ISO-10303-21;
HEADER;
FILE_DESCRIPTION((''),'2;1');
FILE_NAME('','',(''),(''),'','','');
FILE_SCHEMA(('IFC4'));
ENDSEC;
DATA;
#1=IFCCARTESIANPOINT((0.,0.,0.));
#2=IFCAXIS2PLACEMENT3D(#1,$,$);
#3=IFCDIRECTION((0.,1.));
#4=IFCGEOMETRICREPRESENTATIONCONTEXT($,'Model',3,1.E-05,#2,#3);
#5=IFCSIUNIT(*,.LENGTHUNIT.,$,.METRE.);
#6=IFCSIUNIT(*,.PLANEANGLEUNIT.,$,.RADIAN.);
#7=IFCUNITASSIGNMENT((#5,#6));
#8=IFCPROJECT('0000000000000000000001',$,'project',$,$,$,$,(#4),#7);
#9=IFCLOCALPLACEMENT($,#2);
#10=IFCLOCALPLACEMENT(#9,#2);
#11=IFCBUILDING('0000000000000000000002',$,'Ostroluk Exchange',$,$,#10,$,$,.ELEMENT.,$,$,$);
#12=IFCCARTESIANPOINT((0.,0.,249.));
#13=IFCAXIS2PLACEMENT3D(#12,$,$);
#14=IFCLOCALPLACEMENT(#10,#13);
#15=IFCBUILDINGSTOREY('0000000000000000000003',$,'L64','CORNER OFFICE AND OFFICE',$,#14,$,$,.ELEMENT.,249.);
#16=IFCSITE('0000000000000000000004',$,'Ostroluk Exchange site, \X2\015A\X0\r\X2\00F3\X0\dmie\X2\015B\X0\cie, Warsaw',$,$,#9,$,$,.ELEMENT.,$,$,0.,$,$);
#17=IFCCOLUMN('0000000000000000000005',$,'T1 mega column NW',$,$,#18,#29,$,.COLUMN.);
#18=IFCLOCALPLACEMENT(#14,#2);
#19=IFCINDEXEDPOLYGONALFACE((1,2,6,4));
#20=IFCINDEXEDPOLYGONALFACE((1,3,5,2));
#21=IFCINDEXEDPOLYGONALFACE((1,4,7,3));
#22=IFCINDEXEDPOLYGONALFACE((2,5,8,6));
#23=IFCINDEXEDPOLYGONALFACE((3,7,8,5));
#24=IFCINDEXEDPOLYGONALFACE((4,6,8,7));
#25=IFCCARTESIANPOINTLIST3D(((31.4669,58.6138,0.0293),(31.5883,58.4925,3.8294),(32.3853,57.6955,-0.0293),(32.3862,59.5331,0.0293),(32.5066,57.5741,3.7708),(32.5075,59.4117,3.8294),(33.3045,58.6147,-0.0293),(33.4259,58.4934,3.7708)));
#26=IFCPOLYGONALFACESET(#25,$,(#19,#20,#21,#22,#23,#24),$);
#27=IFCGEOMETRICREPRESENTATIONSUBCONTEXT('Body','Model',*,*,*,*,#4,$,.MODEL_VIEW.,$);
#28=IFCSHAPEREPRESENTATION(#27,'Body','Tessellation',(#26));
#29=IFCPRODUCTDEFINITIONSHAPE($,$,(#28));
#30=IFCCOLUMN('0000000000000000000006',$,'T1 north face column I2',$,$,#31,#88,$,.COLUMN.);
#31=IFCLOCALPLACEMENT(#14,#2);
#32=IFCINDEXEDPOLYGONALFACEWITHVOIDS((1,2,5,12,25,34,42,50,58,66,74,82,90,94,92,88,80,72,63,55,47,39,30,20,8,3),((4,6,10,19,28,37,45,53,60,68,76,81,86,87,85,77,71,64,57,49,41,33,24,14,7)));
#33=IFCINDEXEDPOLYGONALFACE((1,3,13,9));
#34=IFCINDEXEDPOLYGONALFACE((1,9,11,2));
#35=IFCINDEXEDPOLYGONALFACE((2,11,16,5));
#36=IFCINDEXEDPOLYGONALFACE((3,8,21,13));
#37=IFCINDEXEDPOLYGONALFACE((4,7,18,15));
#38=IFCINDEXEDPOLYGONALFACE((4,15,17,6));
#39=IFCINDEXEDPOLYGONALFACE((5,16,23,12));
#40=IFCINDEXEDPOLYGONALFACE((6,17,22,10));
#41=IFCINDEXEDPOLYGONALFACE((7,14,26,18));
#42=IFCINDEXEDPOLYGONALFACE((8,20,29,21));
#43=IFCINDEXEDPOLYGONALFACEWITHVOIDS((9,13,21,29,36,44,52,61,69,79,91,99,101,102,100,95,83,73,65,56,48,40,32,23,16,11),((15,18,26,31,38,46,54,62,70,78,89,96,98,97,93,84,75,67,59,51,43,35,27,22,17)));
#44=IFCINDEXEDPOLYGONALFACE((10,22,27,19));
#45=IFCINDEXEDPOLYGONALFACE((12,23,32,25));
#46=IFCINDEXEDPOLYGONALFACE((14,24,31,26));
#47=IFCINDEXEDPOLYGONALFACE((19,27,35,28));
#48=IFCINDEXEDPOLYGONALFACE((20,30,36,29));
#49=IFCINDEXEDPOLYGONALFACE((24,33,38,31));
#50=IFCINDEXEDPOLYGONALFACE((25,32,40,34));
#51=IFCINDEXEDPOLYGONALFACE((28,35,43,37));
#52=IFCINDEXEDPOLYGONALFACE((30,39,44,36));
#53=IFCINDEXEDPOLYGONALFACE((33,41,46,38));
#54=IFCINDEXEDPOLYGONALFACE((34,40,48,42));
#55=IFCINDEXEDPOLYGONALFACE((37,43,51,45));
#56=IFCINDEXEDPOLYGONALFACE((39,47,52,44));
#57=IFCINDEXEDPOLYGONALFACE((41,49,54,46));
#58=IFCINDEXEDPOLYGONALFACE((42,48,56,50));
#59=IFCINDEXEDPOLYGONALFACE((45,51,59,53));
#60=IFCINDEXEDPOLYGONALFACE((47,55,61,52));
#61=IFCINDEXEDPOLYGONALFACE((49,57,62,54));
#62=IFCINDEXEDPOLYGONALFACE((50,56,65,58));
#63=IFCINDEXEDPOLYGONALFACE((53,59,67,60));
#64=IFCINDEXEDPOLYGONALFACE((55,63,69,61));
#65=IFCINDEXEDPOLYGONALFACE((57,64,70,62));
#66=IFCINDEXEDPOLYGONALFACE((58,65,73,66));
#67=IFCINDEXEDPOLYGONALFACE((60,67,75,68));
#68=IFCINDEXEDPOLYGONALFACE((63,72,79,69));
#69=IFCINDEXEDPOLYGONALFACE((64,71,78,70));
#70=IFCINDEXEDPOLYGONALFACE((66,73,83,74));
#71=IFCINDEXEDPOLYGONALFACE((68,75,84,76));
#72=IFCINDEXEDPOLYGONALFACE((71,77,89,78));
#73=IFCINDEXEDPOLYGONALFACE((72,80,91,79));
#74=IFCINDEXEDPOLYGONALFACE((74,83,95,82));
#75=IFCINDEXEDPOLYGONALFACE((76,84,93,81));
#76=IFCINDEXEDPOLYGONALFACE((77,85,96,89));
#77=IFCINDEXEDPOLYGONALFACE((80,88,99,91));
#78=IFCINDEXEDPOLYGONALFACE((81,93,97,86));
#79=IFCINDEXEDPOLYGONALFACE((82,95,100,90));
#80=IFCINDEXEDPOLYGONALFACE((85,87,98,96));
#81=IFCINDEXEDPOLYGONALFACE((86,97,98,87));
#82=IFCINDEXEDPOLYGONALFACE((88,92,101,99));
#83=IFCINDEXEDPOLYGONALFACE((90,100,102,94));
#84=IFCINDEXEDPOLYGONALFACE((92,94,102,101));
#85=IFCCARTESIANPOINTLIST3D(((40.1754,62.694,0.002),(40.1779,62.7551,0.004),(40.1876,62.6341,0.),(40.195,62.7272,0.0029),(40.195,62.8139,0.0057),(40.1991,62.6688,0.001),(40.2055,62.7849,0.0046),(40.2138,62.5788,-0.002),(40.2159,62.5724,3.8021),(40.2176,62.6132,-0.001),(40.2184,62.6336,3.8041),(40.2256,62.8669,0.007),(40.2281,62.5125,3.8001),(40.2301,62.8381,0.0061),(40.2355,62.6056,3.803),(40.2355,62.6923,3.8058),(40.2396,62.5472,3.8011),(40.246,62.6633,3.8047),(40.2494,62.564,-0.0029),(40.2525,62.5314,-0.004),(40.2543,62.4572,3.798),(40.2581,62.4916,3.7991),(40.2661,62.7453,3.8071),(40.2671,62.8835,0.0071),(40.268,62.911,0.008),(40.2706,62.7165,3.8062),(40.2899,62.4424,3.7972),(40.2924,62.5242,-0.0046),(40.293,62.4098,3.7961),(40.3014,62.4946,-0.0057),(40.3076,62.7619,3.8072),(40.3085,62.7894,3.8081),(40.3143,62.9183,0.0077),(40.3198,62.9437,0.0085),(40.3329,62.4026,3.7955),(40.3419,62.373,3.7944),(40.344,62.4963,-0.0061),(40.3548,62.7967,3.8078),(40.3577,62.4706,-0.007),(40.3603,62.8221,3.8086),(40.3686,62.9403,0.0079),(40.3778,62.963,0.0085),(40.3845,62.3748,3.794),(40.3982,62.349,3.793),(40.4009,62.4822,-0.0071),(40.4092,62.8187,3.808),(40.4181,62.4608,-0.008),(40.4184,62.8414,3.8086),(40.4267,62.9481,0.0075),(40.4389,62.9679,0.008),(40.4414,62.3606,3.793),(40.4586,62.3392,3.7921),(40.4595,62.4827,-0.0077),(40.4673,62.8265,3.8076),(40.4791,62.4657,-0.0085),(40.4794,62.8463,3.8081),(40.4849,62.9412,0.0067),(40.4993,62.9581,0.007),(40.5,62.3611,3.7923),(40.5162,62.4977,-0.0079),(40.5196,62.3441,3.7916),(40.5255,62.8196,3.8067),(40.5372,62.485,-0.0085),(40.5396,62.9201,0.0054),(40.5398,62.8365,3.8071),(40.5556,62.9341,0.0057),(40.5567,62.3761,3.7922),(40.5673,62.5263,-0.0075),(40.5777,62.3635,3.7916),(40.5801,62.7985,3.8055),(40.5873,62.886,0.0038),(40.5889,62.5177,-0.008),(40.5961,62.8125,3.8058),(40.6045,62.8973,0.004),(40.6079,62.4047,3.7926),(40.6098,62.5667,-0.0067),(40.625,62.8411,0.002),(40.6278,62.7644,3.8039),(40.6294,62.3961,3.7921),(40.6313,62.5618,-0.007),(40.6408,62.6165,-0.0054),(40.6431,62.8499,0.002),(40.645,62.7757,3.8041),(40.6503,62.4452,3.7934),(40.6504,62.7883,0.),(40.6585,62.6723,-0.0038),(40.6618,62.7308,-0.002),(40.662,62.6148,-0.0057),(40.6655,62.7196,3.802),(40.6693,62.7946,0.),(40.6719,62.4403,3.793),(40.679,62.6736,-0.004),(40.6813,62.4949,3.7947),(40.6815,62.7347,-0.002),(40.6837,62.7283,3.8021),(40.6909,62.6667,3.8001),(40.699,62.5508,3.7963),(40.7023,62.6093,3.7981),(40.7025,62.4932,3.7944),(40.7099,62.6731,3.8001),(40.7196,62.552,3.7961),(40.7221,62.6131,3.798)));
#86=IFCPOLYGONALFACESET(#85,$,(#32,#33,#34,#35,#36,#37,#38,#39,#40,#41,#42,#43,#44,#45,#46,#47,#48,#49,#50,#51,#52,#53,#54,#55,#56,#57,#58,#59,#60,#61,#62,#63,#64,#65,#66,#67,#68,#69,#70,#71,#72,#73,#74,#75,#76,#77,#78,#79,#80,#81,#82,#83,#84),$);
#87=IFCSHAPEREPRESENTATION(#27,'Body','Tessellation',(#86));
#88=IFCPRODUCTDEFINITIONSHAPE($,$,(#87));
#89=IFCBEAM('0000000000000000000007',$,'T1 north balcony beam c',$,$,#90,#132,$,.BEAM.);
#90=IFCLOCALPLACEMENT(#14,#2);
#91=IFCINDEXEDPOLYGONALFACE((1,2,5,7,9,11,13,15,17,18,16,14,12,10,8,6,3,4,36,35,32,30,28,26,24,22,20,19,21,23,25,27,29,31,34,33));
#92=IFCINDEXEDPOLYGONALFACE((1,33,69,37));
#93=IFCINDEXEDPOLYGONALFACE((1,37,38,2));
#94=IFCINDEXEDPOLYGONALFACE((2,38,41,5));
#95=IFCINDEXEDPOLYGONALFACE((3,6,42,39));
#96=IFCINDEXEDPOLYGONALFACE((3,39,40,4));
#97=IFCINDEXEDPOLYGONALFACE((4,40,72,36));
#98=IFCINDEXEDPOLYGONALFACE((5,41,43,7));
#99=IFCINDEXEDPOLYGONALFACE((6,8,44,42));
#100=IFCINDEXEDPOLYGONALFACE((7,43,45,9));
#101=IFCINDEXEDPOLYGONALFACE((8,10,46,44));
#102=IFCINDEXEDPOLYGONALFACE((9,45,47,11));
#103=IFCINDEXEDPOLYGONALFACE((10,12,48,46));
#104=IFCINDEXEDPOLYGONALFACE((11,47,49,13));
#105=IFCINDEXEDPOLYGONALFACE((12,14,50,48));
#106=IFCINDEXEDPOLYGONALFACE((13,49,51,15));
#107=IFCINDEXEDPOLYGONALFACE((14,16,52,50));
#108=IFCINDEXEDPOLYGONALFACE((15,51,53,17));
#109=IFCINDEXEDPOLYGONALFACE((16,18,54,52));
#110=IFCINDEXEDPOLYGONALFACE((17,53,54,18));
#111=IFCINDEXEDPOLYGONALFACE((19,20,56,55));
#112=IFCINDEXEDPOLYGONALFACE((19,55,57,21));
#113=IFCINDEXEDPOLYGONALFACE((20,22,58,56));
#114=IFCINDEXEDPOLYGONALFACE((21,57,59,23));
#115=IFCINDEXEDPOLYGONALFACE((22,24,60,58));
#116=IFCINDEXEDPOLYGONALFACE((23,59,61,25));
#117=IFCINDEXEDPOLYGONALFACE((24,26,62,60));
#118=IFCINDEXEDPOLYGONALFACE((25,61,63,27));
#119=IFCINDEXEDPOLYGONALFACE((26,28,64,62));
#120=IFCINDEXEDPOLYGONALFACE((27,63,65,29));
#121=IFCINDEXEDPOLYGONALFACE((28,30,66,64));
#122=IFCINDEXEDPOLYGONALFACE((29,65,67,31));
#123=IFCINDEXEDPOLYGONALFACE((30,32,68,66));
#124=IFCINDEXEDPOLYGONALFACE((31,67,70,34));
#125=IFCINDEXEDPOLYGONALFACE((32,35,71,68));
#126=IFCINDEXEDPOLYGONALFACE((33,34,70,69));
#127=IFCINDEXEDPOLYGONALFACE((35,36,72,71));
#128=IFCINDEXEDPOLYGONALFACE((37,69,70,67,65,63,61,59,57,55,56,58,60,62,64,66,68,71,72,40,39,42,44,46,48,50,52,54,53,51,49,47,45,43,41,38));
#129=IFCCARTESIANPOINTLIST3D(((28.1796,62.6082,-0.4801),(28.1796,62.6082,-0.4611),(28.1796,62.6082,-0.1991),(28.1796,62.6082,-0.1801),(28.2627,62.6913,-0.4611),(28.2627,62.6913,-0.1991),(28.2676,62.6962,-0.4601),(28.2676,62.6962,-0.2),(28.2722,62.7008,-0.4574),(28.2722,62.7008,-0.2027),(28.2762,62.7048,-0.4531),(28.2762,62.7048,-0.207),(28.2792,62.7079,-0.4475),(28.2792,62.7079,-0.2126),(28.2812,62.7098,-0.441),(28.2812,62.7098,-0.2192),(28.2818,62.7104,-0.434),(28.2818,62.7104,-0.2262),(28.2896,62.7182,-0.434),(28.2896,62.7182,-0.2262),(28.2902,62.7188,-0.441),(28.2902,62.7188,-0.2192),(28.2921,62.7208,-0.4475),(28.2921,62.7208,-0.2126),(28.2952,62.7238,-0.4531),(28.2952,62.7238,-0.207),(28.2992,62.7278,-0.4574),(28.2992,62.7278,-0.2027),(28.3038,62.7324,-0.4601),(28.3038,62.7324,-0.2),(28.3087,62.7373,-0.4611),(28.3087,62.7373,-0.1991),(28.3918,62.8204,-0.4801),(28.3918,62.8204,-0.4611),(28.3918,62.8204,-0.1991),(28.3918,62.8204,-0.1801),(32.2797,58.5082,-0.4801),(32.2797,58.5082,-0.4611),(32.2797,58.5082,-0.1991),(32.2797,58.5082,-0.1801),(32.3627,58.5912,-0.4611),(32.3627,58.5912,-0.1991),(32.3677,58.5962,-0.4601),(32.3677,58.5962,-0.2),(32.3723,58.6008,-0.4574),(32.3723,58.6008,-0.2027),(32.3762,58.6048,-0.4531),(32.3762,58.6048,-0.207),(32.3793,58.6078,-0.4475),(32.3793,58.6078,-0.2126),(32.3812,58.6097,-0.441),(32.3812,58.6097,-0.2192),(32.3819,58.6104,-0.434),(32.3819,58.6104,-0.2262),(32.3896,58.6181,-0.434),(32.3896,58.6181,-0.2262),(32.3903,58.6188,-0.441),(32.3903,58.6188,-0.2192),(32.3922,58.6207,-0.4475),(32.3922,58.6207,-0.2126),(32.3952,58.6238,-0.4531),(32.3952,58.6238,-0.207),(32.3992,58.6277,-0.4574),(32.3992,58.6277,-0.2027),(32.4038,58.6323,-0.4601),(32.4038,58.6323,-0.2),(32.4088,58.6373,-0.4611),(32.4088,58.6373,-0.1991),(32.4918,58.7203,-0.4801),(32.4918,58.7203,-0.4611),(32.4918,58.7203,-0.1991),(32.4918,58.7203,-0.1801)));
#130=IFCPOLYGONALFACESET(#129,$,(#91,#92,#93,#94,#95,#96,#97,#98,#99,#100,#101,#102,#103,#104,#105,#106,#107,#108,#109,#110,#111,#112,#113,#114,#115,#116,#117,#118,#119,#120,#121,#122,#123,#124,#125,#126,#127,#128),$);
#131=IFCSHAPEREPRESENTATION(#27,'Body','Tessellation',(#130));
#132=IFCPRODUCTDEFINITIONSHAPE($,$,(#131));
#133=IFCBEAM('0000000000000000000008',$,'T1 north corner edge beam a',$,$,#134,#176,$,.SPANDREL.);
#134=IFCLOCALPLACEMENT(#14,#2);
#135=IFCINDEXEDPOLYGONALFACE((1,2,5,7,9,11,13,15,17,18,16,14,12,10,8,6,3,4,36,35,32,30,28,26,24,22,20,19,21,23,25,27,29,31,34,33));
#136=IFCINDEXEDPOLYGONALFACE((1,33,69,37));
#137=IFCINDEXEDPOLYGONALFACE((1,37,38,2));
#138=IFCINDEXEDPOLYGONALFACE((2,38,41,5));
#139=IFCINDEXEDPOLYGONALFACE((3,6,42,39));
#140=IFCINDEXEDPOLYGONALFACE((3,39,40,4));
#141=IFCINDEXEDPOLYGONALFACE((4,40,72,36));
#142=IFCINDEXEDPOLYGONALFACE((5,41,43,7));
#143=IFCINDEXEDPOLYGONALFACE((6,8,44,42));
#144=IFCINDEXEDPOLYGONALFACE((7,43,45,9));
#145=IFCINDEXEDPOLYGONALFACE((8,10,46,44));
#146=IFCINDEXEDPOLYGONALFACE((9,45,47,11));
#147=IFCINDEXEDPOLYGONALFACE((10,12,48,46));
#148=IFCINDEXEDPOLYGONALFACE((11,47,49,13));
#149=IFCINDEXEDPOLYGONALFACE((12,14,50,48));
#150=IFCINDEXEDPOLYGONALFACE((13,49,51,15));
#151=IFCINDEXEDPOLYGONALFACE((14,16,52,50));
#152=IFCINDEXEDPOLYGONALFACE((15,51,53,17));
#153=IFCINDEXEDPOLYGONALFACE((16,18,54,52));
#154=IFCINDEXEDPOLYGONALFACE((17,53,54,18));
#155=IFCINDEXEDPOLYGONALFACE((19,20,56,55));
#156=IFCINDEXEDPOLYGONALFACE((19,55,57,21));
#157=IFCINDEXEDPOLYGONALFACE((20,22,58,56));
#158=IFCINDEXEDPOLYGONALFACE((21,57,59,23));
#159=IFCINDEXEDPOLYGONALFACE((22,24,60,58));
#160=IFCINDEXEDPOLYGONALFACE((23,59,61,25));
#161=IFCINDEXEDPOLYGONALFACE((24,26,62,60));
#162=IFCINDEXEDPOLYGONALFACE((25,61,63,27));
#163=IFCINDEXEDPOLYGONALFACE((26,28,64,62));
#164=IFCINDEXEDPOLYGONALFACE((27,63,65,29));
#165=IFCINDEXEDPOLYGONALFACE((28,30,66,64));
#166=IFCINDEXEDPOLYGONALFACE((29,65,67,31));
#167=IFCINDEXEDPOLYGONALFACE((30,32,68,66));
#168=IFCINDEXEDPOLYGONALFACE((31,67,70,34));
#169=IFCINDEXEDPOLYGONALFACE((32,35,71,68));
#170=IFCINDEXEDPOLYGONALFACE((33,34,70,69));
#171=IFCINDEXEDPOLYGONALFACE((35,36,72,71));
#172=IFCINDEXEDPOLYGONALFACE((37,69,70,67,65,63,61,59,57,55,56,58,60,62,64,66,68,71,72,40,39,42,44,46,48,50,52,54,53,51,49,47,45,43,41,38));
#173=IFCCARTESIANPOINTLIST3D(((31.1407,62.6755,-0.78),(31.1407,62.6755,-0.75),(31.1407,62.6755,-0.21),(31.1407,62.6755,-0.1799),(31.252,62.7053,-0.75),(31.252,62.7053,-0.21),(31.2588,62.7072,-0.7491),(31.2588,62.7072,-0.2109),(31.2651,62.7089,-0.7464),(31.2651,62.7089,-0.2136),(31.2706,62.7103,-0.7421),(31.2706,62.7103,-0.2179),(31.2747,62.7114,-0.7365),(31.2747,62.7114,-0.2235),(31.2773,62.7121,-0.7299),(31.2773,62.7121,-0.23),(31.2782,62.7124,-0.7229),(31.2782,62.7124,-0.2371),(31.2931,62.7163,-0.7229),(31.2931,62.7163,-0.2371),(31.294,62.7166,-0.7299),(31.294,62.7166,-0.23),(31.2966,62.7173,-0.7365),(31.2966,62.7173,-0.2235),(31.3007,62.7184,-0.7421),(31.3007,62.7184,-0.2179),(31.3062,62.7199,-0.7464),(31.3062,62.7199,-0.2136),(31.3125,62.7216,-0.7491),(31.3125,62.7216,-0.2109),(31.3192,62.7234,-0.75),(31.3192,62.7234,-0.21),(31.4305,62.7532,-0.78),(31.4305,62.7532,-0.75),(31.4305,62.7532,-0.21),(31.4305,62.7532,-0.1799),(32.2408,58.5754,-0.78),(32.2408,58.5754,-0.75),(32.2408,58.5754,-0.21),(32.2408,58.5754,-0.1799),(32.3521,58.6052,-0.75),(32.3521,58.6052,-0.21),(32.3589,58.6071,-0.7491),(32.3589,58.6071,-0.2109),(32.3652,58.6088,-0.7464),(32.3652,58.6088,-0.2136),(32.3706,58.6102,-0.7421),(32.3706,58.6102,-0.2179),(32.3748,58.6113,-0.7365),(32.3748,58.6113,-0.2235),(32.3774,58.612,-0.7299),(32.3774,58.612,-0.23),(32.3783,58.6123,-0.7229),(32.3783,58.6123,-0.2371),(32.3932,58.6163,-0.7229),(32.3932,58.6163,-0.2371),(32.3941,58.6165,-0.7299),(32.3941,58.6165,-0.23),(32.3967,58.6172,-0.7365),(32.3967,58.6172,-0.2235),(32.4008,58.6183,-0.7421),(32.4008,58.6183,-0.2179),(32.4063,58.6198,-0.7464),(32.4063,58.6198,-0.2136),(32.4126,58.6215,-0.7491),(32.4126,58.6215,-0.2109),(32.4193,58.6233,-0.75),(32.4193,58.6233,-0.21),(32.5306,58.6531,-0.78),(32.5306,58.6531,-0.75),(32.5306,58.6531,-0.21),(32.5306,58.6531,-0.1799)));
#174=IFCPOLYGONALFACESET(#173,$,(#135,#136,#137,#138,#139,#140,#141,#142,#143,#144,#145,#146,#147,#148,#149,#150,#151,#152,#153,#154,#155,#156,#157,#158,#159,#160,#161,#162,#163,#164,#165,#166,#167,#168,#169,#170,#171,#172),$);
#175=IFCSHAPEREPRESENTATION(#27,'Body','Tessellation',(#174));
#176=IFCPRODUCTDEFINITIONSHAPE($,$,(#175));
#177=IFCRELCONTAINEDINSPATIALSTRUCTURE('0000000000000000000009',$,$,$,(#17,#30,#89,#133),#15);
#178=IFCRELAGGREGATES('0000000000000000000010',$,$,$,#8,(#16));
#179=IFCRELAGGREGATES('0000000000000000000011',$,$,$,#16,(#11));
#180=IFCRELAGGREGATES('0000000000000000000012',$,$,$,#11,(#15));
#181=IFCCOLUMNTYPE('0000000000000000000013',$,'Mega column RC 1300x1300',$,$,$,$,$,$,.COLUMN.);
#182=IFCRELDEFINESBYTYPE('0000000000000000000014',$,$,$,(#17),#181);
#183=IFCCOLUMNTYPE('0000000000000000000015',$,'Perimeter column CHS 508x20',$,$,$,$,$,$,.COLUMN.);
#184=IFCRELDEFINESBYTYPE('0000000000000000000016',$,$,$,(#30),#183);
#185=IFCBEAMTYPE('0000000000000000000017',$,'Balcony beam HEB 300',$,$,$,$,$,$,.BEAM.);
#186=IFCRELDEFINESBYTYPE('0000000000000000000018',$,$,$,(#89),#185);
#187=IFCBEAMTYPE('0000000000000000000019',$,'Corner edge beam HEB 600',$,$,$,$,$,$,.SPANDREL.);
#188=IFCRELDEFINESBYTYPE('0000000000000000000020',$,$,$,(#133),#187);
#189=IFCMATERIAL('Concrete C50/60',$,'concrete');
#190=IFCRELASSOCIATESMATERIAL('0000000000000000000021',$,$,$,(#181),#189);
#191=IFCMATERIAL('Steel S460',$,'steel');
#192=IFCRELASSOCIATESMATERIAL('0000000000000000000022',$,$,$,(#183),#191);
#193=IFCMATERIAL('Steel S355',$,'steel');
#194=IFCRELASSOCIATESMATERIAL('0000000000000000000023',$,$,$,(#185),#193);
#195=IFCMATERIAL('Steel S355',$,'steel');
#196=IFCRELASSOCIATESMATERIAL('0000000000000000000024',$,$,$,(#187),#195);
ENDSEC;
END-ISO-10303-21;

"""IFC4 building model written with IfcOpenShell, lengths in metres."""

from ifc_helpers import new_model, si_unit, direction, frame, origin, origin_2d, place, context, subcontext, project, spatial, rectangle, hollow_circle, i_section, extrude, material, material_profile, profile_set, type_object, element, save


model = new_model("IFC4")

# Units and contexts
model_context = context("Model", 3, precision=1e-05, world=origin(), true_north=direction((0.0, 1.0)))
body_context = subcontext(model_context, "Body", "Model", "MODEL_VIEW")
ifc_project = project(units=[si_unit("LENGTHUNIT", "METRE"), si_unit("PLANEANGLEUNIT", "RADIAN")], contexts=[model_context])

# Site, building, storey
site_placement = place(None, origin())
site = spatial("IfcSite", under=ifc_project, at=site_placement, Name="Ostroluk Exchange site, Śródmieście, Warsaw", CompositionType="ELEMENT", RefElevation=0.0)
building_placement = place(site_placement, origin())
building = spatial("IfcBuilding", under=site, at=building_placement, Name="Ostroluk Exchange", CompositionType="ELEMENT")
storey_placement = place(building_placement, frame((0.0, 0.0, 249.0)))
storey = spatial("IfcBuildingStorey", under=building, at=storey_placement, Name="L64", Description="CORNER OFFICE AND OFFICE", CompositionType="ELEMENT", Elevation=249.0)

# Columns
ifc_material_1 = material(Name="Concrete C50/60", Category="concrete")
ifc_material_profile_1 = material_profile(ifc_material_1, rectangle(XDim=1.3, YDim=1.3, at=origin_2d()), Name="RC 1300x1300")
ifc_profile_set_1 = profile_set([ifc_material_profile_1], Name="Concrete C50/60")
column_type_1 = type_object("IfcColumnType", Name="Mega column RC 1300x1300", PredefinedType="COLUMN", material=ifc_profile_set_1)
column_1_placement = place(storey_placement, frame((32.3857, 58.6143, 0.0), z_axis=(0.031898, -0.031898, 0.998982), x_axis=(0.707107, 0.707107, 0.0)))
element("IfcColumn", 1, at=column_1_placement, inside=storey, type_object=column_type_1, Name="T1 mega column NW", PredefinedType="COLUMN", context=body_context, shape_type="SweptSolid", body=[
    extrude(rectangle(XDim=1.3, YDim=1.3, at=origin_2d()), origin(), (0.0, 0.0, 1.0), 3.804),
])
ifc_material_2 = material(Name="Steel S460", Category="steel")
ifc_material_profile_2 = material_profile(ifc_material_2, hollow_circle(Radius=0.2539, WallThickness=0.02, at=origin_2d()), Name="CHS 508x20")
ifc_profile_set_2 = profile_set([ifc_material_profile_2], Name="Steel S460")
column_type_2 = type_object("IfcColumnType", Name="Perimeter column CHS 508x20", PredefinedType="COLUMN", material=ifc_profile_set_2)
column_2_placement = place(storey_placement, frame((40.4285, 62.7144, 0.0), z_axis=(0.010659, -0.031977, 0.999432), x_axis=(0.948683, 0.316228, 0.0)))
element("IfcColumn", 2, at=column_2_placement, inside=storey, type_object=column_type_2, Name="T1 north face column I2", PredefinedType="COLUMN", context=body_context, shape_type="SweptSolid", body=[
    extrude(hollow_circle(Radius=0.2539, WallThickness=0.02, at=origin_2d()), origin(), (0.0, 0.0, 1.0), 3.8022),
])

# Beams
ifc_material_3 = material(Name="Steel S355", Category="steel")
ifc_material_profile_3 = material_profile(ifc_material_3, i_section(OverallWidth=0.3, OverallDepth=0.3, WebThickness=0.011, FlangeThickness=0.019, FilletRadius=0.0271, at=origin_2d()), Name="HEB 300")
ifc_profile_set_3 = profile_set([ifc_material_profile_3], Name="Steel S355")
beam_type_1 = type_object("IfcBeamType", Name="Balcony beam HEB 300", PredefinedType="BEAM", material=ifc_profile_set_3)
beam_1_placement = place(storey_placement, frame((32.3857, 58.6143, -0.3301), z_axis=(-0.707107, 0.707107, 0.0), x_axis=(-0.707107, -0.707107, 0.0)))
element("IfcBeam", 3, at=beam_1_placement, inside=storey, type_object=beam_type_1, Name="T1 north balcony beam c", PredefinedType="BEAM", context=body_context, shape_type="SweptSolid", body=[
    extrude(i_section(OverallWidth=0.3, OverallDepth=0.3, WebThickness=0.011, FlangeThickness=0.019, FilletRadius=0.0271, at=origin_2d()), origin(), (0.0, 0.0, 1.0), 5.7983),
])
ifc_material_4 = material(Name="Steel S355", Category="steel")
ifc_material_profile_4 = material_profile(ifc_material_4, i_section(OverallWidth=0.3, OverallDepth=0.6001, WebThickness=0.0154, FlangeThickness=0.03, FilletRadius=0.0271, at=origin_2d()), Name="HEB 600")
ifc_profile_set_4 = profile_set([ifc_material_profile_4], Name="Steel S355")
beam_type_2 = type_object("IfcBeamType", Name="Corner edge beam HEB 600", PredefinedType="SPANDREL", material=ifc_profile_set_4)
for number, where, z_axis, x_axis, name in (
    (4, (32.3857, 58.6143, -0.48), (-0.259144, 0.965839, 0.0), (-0.965839, -0.259144, 0.0), "T1 north corner edge beam a"),
):
    element("IfcBeam", number, at=place(storey_placement, frame(where, z_axis=z_axis, x_axis=x_axis)), inside=storey, type_object=beam_type_2, Name=name, PredefinedType="SPANDREL", context=body_context, shape_type="SweptSolid", body=[
        extrude(i_section(OverallWidth=0.3, OverallDepth=0.6001, WebThickness=0.0154, FlangeThickness=0.03, FilletRadius=0.0271, at=origin_2d()), origin(), (0.0, 0.0, 1.0), 4.2451),
    ])

save(model, "model.ifc")
